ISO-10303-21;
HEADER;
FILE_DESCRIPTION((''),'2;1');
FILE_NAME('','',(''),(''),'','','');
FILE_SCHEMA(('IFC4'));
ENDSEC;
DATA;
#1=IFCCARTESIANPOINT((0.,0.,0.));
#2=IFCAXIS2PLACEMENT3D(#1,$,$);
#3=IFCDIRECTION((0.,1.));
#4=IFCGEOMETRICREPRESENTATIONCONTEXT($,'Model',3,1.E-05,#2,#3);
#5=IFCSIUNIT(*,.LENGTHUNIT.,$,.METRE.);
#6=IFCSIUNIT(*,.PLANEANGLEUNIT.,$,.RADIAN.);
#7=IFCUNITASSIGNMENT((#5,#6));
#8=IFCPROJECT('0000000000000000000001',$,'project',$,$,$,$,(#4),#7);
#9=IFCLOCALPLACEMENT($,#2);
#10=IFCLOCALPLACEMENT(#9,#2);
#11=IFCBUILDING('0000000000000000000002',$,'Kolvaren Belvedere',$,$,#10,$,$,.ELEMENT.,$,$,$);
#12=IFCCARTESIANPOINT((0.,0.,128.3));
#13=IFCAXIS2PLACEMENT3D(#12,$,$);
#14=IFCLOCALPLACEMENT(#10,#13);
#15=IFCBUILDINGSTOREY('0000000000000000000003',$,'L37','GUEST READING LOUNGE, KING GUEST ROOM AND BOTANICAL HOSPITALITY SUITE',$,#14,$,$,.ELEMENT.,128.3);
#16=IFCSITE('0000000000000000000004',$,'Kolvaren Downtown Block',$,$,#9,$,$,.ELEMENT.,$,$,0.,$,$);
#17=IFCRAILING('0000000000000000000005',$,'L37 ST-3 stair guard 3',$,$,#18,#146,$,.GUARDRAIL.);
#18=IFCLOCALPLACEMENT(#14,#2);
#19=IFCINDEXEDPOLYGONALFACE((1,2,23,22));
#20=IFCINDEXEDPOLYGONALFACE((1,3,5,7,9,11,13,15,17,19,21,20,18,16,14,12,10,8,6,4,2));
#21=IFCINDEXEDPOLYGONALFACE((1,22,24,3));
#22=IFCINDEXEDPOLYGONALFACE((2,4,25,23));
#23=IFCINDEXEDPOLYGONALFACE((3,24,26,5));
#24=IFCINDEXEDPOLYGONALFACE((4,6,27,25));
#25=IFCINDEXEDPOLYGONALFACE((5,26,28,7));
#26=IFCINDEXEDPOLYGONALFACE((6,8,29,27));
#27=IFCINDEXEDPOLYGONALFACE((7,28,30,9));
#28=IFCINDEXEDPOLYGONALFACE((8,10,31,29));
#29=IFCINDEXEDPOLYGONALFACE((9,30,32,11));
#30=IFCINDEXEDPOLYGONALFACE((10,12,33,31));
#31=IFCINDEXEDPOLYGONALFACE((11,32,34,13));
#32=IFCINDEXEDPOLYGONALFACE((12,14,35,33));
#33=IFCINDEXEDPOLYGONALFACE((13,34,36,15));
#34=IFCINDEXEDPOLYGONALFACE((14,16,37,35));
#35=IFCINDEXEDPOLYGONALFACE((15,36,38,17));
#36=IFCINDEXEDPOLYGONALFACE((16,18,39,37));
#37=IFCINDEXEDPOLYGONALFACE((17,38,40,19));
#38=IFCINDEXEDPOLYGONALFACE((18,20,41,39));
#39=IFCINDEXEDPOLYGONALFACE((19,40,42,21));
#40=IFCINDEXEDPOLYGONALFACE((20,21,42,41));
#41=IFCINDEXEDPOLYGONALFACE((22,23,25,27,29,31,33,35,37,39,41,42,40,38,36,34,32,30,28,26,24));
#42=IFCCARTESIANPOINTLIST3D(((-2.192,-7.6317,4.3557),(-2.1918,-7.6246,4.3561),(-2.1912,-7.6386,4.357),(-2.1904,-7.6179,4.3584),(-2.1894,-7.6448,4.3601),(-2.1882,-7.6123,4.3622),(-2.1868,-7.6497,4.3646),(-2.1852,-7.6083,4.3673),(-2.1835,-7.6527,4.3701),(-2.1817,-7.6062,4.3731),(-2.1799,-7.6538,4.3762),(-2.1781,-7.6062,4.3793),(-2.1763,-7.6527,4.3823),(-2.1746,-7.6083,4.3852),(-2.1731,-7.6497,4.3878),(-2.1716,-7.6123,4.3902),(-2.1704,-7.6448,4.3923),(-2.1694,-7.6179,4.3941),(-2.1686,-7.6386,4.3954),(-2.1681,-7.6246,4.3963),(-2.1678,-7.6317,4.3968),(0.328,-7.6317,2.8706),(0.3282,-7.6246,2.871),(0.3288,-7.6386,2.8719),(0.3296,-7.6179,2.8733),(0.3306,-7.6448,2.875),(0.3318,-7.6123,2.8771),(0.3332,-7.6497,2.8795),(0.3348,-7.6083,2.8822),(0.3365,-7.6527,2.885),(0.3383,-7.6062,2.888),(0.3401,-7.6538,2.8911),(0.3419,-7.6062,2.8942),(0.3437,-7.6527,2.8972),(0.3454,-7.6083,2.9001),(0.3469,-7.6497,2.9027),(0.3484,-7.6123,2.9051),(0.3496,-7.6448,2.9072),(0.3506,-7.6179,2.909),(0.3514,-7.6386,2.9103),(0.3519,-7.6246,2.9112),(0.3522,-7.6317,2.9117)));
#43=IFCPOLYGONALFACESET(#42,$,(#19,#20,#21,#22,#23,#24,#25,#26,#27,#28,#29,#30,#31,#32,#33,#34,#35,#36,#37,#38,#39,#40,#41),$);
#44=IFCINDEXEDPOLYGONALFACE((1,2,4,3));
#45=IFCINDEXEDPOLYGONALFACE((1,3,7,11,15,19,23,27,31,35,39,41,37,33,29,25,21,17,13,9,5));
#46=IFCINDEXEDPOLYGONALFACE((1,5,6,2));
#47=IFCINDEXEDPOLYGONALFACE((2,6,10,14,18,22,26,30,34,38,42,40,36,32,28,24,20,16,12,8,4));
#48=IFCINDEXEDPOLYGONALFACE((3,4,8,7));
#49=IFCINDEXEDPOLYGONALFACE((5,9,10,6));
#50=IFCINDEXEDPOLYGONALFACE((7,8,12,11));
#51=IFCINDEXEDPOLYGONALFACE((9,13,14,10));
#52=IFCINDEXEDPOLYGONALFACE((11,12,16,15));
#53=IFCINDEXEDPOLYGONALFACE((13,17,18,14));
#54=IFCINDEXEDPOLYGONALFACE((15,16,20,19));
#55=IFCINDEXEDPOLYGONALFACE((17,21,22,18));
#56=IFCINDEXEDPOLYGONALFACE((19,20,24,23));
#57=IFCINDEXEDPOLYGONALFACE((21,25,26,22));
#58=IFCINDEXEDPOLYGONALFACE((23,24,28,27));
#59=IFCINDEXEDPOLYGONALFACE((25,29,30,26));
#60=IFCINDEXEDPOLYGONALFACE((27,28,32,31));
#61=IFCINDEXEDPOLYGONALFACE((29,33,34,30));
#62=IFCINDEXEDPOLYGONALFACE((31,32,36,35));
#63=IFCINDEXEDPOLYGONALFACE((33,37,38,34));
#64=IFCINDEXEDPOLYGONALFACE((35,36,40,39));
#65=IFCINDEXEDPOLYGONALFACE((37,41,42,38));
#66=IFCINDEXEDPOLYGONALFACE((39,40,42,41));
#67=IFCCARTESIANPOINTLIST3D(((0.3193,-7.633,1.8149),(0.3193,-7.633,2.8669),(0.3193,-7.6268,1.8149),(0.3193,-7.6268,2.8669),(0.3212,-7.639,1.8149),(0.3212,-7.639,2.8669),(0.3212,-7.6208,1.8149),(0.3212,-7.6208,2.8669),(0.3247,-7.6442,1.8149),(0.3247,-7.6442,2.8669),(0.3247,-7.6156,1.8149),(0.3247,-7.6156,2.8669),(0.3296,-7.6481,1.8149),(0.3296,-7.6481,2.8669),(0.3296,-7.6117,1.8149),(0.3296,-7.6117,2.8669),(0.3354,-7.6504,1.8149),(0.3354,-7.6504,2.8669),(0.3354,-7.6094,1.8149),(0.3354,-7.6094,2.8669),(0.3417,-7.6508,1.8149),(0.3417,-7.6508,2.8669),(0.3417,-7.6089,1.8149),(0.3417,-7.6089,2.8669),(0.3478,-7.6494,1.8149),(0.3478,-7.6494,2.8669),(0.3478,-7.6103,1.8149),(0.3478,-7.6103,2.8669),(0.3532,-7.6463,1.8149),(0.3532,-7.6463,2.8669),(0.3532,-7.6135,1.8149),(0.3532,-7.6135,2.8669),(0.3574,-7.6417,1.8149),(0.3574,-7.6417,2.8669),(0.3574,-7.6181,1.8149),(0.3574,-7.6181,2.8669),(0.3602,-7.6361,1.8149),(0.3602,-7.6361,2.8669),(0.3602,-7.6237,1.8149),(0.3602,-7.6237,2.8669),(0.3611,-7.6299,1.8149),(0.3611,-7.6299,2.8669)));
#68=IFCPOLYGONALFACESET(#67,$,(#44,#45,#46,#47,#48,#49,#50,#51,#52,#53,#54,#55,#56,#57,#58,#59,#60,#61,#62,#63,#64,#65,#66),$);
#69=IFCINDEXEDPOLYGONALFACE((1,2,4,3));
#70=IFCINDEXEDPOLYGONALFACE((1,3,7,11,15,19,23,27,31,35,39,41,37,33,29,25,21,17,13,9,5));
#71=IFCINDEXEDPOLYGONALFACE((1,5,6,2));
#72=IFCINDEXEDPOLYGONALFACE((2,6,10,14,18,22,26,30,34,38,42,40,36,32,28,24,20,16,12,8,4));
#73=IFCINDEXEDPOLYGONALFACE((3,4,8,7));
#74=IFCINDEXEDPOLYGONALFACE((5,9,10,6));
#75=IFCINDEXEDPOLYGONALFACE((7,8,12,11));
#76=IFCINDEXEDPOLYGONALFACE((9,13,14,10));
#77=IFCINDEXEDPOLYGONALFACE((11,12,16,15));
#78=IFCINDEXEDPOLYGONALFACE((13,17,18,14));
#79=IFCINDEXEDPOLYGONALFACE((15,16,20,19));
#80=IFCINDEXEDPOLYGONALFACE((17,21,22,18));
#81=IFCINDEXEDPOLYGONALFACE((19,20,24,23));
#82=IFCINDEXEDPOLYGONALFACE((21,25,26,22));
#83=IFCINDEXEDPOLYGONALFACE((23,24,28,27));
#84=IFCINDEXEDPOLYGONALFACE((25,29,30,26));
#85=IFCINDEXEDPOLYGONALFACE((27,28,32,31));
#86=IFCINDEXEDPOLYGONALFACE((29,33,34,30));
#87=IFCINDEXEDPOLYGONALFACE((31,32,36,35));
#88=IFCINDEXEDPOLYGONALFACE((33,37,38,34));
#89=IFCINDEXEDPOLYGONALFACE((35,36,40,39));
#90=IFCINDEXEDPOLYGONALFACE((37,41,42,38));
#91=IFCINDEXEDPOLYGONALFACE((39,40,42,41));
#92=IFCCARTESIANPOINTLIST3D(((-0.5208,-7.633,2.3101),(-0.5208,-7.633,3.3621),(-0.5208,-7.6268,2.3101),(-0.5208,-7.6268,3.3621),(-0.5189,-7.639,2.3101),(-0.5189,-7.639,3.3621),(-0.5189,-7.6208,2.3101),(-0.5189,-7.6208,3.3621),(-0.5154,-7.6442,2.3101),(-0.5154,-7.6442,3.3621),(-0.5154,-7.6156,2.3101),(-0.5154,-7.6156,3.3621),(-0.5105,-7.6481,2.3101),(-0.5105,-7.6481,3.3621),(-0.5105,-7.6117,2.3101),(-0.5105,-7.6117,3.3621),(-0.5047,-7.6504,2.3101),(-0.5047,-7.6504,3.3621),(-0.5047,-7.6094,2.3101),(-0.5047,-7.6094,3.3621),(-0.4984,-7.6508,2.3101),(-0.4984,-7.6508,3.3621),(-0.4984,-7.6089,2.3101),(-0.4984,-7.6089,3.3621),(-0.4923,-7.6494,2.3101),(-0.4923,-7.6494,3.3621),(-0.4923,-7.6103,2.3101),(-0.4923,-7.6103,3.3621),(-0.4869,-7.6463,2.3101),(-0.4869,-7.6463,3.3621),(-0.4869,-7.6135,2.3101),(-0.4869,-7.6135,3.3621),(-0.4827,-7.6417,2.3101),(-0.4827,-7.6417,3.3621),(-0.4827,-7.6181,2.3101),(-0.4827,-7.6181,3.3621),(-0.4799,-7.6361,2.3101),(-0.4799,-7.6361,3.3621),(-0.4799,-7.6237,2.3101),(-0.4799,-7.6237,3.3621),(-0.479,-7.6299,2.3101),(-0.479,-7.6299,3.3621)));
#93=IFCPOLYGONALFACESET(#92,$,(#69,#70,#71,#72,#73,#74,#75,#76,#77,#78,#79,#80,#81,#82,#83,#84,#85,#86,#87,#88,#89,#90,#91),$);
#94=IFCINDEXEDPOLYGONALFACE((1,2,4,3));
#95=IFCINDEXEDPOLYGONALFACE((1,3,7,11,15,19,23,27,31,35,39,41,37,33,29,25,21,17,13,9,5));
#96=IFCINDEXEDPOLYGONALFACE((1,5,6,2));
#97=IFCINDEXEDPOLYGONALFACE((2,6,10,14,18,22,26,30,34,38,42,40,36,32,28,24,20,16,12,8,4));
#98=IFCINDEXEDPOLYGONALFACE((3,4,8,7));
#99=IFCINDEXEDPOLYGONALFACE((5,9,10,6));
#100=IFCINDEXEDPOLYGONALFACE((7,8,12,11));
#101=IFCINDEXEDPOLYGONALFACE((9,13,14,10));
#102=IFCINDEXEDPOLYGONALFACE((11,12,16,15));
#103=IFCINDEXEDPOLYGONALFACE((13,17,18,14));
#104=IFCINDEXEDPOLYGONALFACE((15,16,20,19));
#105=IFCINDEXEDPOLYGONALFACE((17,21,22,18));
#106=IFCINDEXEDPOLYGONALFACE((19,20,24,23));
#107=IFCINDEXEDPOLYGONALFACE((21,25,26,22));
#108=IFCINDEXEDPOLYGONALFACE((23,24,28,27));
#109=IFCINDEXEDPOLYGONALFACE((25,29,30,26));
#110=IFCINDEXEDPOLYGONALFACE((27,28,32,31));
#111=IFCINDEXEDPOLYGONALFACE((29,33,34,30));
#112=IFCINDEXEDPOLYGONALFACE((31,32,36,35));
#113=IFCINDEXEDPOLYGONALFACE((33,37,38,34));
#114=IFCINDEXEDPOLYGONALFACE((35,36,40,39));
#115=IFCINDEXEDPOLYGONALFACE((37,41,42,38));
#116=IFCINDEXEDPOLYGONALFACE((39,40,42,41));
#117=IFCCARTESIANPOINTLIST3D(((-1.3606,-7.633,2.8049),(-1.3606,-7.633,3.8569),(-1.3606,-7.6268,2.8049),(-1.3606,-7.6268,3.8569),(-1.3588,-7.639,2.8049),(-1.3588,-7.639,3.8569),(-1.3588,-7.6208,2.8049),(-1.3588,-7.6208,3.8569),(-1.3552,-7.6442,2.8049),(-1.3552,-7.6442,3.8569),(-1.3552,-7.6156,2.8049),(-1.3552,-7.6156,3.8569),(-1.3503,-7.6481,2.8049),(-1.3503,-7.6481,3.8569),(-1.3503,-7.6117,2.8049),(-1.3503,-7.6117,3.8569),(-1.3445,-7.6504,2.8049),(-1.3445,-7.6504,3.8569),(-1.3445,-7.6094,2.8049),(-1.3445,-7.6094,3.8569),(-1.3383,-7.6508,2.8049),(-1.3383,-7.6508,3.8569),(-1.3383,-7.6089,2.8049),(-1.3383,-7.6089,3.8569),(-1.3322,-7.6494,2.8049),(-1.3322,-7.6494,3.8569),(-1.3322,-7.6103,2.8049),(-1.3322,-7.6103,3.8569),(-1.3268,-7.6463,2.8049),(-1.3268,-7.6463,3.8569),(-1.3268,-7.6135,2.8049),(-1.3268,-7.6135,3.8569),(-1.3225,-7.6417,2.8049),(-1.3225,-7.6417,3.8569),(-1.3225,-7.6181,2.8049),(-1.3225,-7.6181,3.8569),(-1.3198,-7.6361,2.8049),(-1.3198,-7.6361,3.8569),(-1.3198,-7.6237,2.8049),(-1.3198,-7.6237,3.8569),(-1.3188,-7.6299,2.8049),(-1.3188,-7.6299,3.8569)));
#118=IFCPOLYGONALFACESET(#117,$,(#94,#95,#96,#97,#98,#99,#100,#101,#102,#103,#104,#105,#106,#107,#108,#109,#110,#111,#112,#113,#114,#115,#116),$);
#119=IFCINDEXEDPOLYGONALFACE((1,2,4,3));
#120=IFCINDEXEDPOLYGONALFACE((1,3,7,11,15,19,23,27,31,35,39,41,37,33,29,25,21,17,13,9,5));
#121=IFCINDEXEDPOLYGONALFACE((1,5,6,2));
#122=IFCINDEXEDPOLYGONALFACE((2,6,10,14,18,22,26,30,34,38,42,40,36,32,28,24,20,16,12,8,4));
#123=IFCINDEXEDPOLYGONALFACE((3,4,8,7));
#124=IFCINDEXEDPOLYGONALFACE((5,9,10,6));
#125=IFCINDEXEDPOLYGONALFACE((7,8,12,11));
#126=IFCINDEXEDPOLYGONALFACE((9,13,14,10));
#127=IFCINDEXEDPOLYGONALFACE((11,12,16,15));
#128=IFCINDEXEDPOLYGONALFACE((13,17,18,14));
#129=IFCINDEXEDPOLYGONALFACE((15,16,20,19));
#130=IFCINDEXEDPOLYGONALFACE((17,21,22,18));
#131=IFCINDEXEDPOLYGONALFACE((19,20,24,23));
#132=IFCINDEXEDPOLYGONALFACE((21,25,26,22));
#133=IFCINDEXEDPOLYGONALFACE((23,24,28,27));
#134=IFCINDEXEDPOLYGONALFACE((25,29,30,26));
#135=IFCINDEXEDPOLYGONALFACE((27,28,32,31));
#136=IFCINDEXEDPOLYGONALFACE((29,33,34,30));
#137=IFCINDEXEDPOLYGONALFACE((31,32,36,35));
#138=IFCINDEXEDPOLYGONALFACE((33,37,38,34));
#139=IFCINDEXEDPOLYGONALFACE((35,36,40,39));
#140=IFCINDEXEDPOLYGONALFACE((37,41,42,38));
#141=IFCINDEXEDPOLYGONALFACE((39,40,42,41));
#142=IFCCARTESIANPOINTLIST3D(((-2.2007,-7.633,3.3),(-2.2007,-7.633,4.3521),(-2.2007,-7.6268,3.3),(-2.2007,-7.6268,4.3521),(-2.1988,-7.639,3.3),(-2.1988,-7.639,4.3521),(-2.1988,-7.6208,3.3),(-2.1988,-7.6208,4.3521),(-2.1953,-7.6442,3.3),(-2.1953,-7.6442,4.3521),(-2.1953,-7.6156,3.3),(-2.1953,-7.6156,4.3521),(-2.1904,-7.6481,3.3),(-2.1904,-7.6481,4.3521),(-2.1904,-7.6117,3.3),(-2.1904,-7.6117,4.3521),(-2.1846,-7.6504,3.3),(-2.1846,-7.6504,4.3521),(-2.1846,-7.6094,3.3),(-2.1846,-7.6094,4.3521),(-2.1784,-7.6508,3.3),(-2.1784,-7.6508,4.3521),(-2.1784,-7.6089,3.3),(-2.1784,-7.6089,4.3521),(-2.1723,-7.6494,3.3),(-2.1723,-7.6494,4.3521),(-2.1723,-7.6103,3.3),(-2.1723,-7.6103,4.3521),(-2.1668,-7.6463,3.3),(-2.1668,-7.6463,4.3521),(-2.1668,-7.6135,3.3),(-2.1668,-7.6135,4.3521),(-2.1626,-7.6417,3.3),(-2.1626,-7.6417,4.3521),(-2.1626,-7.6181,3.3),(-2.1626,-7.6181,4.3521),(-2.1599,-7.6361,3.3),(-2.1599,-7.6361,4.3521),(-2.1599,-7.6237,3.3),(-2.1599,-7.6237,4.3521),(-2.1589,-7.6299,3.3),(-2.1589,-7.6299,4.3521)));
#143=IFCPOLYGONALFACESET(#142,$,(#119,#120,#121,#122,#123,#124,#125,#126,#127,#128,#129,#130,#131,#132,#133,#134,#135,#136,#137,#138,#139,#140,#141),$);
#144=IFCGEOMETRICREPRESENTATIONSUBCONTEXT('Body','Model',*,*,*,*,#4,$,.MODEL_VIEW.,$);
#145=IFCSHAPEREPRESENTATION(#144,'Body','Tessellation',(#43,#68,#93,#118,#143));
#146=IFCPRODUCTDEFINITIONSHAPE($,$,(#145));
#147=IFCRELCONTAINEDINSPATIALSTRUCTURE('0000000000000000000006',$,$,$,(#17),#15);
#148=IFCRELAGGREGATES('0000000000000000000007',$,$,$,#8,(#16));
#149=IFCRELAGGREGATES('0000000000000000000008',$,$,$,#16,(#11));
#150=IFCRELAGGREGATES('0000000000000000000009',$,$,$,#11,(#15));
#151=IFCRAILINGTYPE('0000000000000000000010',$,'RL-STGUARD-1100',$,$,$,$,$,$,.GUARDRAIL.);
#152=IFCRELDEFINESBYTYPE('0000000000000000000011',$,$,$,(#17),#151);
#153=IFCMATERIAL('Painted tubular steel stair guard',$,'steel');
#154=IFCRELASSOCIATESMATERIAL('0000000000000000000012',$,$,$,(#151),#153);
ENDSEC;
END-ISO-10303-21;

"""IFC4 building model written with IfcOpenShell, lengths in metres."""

from ifc_helpers import new_model, si_unit, direction, frame, origin, origin_2d, place, context, subcontext, project, spatial, circle, extrude, material, type_object, element, save


model = new_model("IFC4")

# Units and contexts
model_context = context("Model", 3, precision=1e-05, world=origin(), true_north=direction((0.0, 1.0)))
body_context = subcontext(model_context, "Body", "Model", "MODEL_VIEW")
ifc_project = project(units=[si_unit("LENGTHUNIT", "METRE"), si_unit("PLANEANGLEUNIT", "RADIAN")], contexts=[model_context])

# Site, building, storey
site_placement = place(None, origin())
site = spatial("IfcSite", under=ifc_project, at=site_placement, Name="Kolvaren Downtown Block", CompositionType="ELEMENT", RefElevation=0.0)
building_placement = place(site_placement, origin())
building = spatial("IfcBuilding", under=site, at=building_placement, Name="Kolvaren Belvedere", CompositionType="ELEMENT")
storey_placement = place(building_placement, frame((0.0, 0.0, 128.3)))
storey = spatial("IfcBuildingStorey", under=building, at=storey_placement, Name="L37", Description="GUEST READING LOUNGE, KING GUEST ROOM AND BOTANICAL HOSPITALITY SUITE", CompositionType="ELEMENT", Elevation=128.3)

# Railing
ifc_material_1 = material(Name="Painted tubular steel stair guard", Category="steel")
railing_type_1 = type_object("IfcRailingType", Name="RL-STGUARD-1100", PredefinedType="GUARDRAIL", material=ifc_material_1)
railing_1_placement = place(storey_placement, frame((0.3401, -7.6299, 1.8149)))
element("IfcRailing", 1, at=railing_1_placement, inside=storey, type_object=railing_type_1, Name="L37 ST-3 stair guard 3", PredefinedType="GUARDRAIL", context=body_context, shape_type="SweptSolid", body=[
    extrude(circle(Radius=0.0239, at=origin_2d()), frame((0.0, 0.0, 1.0762), z_axis=(-0.861524, 0.0, 0.507717), x_axis=(0.0, -1.0, 0.0)), (0.0, 0.0, 1.0), 2.925),
    extrude(circle(Radius=0.021, at=origin_2d()), origin(), (0.0, 0.0, 1.0), 1.052),
    extrude(circle(Radius=0.021, at=origin_2d()), frame((-0.8401, 0.0, 0.4951)), (0.0, 0.0, 1.0), 1.052),
    extrude(circle(Radius=0.021, at=origin_2d()), frame((-1.6799, 0.0, 0.99)), (0.0, 0.0, 1.0), 1.052),
    extrude(circle(Radius=0.021, at=origin_2d()), frame((-2.52, 0.0, 1.4851)), (0.0, 0.0, 1.0), 1.052),
])

save(model, "model.ifc")
